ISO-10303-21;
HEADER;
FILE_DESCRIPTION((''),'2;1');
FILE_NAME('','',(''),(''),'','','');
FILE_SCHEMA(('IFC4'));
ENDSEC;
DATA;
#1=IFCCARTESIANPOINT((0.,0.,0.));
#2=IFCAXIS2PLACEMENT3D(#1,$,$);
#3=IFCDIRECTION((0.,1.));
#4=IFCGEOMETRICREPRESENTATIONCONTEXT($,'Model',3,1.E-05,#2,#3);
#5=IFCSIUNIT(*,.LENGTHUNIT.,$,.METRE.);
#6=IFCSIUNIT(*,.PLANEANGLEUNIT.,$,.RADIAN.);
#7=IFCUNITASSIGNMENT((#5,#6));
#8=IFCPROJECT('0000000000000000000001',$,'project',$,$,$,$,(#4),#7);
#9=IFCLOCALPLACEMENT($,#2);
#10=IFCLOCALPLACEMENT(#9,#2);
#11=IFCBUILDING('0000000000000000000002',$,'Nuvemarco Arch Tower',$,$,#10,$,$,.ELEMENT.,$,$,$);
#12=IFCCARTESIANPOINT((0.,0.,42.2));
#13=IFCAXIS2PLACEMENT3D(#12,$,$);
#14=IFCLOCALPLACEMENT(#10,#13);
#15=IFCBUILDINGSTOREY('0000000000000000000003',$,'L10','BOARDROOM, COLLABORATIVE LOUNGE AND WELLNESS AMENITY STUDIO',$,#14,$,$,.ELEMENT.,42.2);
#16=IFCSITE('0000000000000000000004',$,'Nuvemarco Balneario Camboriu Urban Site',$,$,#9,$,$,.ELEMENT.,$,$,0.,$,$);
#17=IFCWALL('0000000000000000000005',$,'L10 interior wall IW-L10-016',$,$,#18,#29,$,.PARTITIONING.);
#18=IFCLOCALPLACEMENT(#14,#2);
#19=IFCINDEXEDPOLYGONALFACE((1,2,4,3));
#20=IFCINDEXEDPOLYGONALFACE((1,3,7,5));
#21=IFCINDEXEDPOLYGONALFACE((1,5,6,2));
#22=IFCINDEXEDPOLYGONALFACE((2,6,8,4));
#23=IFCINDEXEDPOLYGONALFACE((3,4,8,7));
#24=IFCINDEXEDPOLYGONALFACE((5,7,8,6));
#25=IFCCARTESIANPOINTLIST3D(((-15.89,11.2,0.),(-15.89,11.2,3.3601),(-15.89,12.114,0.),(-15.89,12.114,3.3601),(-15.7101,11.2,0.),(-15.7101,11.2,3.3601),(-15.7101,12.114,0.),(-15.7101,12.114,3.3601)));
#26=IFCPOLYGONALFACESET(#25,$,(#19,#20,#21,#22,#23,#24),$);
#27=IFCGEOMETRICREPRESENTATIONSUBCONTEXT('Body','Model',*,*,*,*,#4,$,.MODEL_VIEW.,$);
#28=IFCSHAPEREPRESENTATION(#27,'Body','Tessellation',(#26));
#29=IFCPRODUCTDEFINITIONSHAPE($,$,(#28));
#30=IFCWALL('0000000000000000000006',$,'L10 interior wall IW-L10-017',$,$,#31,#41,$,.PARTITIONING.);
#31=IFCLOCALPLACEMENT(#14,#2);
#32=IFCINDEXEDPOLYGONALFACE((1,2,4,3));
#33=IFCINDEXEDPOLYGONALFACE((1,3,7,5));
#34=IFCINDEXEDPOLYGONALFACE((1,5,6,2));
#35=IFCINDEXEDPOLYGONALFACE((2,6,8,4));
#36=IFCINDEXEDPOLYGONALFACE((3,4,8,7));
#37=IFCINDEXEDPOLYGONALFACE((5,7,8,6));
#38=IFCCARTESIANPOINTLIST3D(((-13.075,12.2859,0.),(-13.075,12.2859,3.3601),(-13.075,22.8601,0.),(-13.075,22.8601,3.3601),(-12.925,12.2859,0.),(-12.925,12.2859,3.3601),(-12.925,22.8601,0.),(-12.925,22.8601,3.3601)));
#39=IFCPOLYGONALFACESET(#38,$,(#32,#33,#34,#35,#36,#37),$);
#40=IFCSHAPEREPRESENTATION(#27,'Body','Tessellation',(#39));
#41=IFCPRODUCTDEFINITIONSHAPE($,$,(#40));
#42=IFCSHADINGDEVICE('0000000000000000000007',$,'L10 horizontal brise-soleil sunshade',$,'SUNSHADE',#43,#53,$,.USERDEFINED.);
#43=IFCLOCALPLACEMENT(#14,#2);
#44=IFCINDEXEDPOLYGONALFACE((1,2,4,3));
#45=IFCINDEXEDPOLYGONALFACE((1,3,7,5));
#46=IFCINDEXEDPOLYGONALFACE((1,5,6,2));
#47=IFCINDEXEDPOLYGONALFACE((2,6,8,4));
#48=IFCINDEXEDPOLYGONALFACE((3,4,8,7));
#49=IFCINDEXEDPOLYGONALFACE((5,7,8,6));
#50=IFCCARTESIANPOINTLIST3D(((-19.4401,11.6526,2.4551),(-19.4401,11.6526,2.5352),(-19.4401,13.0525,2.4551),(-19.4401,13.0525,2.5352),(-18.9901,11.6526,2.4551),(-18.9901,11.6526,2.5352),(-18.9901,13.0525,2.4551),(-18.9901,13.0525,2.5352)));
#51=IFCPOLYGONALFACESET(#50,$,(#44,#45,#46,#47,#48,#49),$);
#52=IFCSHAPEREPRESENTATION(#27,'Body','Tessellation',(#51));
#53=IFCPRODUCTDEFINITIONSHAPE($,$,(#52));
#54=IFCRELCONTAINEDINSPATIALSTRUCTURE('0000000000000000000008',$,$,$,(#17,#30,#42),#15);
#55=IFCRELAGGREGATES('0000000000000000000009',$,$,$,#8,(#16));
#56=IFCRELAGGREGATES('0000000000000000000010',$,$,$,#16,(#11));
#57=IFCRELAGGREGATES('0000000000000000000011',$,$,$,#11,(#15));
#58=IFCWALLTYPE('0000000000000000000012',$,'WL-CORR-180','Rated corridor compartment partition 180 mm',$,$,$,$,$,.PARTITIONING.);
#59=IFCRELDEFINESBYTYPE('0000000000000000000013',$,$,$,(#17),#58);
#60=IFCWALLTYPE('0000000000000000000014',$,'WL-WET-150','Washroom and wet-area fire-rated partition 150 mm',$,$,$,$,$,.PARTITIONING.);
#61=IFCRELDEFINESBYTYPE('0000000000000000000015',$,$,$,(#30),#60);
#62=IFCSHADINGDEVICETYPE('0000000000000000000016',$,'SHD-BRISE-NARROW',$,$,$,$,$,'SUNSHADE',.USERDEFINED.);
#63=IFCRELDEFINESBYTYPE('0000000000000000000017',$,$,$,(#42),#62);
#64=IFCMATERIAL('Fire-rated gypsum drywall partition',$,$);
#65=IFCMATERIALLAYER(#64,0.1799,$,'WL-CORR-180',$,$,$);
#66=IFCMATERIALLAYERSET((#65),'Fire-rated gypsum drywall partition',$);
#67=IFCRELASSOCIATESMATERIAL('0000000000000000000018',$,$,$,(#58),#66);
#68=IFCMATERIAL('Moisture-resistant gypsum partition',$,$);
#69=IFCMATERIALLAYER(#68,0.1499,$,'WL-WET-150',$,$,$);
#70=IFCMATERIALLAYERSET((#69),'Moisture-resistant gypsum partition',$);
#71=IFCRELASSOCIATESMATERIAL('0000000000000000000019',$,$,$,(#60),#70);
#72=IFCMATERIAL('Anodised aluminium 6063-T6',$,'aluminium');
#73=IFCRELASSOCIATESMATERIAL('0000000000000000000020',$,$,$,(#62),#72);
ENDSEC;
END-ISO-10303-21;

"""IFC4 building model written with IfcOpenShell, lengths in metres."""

from ifc_helpers import new_model, si_unit, direction, frame, frame_2d, origin, origin_2d, place, context, subcontext, project, spatial, rectangle, extrude, source, transform, mapped, material, layer, layer_set, type_object, type_shapes, element, save


model = new_model("IFC4")

# Units and contexts
model_context = context("Model", 3, precision=1e-05, world=origin(), true_north=direction((0.0, 1.0)))
body_context = subcontext(model_context, "Body", "Model", "MODEL_VIEW")
ifc_project = project(units=[si_unit("LENGTHUNIT", "METRE"), si_unit("PLANEANGLEUNIT", "RADIAN")], contexts=[model_context])

# Site, building, storey
site_placement = place(None, origin())
site = spatial("IfcSite", under=ifc_project, at=site_placement, Name="Nuvemarco Balneario Camboriu Urban Site", CompositionType="ELEMENT", RefElevation=0.0)
building_placement = place(site_placement, origin())
building = spatial("IfcBuilding", under=site, at=building_placement, Name="Nuvemarco Arch Tower", CompositionType="ELEMENT")
storey_placement = place(building_placement, frame((0.0, 0.0, 42.2)))
storey = spatial("IfcBuildingStorey", under=building, at=storey_placement, Name="L10", Description="BOARDROOM, COLLABORATIVE LOUNGE AND WELLNESS AMENITY STUDIO", CompositionType="ELEMENT", Elevation=42.2)

# Shared definitions
ifc_material_1 = material(Name="Fire-rated gypsum drywall partition")
ifc_layer_1 = layer(ifc_material_1, 0.1799, Name="WL-CORR-180")
ifc_layer_set_1 = layer_set([ifc_layer_1], Name="Fire-rated gypsum drywall partition")
wall_type_1 = type_object("IfcWallType", Name="WL-CORR-180", Description="Rated corridor compartment partition 180 mm", PredefinedType="PARTITIONING", material=ifc_layer_set_1)

# Walls
wall_1_placement = place(storey_placement, frame((-15.8, 11.2, 0.0), z_axis=(0.0, 0.0, 1.0), x_axis=(0.0, 1.0, 0.0)))
element("IfcWall", 1, at=wall_1_placement, inside=storey, type_object=wall_type_1, Name="L10 interior wall IW-L10-016", PredefinedType="PARTITIONING", context=body_context, shape_type="SweptSolid", body=[
    extrude(rectangle(XDim=0.9141, YDim=0.1799, at=frame_2d((0.457, 0.0))), origin(), (0.0, 0.0, 1.0), 3.3601),
])
ifc_material_2 = material(Name="Moisture-resistant gypsum partition")
ifc_layer_2 = layer(ifc_material_2, 0.1499, Name="WL-WET-150")
ifc_layer_set_2 = layer_set([ifc_layer_2], Name="Moisture-resistant gypsum partition")
wall_type_2 = type_object("IfcWallType", Name="WL-WET-150", Description="Washroom and wet-area fire-rated partition 150 mm", PredefinedType="PARTITIONING", material=ifc_layer_set_2)
wall_2_placement = place(storey_placement, frame((-13.0, 12.2859, 0.0), z_axis=(0.0, 0.0, 1.0), x_axis=(0.0, 1.0, 0.0)))
element("IfcWall", 2, at=wall_2_placement, inside=storey, type_object=wall_type_2, Name="L10 interior wall IW-L10-017", PredefinedType="PARTITIONING", context=body_context, shape_type="SweptSolid", body=[
    extrude(rectangle(XDim=10.5742, YDim=0.1499, at=frame_2d((5.2871, 0.0))), origin(), (0.0, 0.0, 1.0), 3.3601),
])

# Shading device
ifc_material_3 = material(Name="Anodised aluminium 6063-T6", Category="aluminium")
shading_device_type = type_object("IfcShadingDeviceType", Name="SHD-BRISE-NARROW", ElementType="SUNSHADE", PredefinedType="USERDEFINED", material=ifc_material_3)
shared_shape_1 = source(origin(), body_context, "Body", "SweptSolid", [
    extrude(rectangle(XDim=1.3999, YDim=0.45, at=origin_2d()), origin(), (0.0, 0.0, 1.0), 0.0801),
])
type_shapes(shading_device_type, [shared_shape_1])
shading_device_placement = place(storey_placement, frame((-19.2151, 12.3525, 2.4551), z_axis=(0.0, 0.0, 1.0), x_axis=(0.0, 1.0, 0.0)))
element("IfcShadingDevice", 3, at=shading_device_placement, inside=storey, type_object=shading_device_type, Name="L10 horizontal brise-soleil sunshade", ObjectType="SUNSHADE", PredefinedType="USERDEFINED", context=body_context, shape_type="MappedRepresentation", body=[
    mapped(shared_shape_1, transform((0.0, 0.0, 0.0), scale=1.0)),
])

save(model, "model.ifc")
